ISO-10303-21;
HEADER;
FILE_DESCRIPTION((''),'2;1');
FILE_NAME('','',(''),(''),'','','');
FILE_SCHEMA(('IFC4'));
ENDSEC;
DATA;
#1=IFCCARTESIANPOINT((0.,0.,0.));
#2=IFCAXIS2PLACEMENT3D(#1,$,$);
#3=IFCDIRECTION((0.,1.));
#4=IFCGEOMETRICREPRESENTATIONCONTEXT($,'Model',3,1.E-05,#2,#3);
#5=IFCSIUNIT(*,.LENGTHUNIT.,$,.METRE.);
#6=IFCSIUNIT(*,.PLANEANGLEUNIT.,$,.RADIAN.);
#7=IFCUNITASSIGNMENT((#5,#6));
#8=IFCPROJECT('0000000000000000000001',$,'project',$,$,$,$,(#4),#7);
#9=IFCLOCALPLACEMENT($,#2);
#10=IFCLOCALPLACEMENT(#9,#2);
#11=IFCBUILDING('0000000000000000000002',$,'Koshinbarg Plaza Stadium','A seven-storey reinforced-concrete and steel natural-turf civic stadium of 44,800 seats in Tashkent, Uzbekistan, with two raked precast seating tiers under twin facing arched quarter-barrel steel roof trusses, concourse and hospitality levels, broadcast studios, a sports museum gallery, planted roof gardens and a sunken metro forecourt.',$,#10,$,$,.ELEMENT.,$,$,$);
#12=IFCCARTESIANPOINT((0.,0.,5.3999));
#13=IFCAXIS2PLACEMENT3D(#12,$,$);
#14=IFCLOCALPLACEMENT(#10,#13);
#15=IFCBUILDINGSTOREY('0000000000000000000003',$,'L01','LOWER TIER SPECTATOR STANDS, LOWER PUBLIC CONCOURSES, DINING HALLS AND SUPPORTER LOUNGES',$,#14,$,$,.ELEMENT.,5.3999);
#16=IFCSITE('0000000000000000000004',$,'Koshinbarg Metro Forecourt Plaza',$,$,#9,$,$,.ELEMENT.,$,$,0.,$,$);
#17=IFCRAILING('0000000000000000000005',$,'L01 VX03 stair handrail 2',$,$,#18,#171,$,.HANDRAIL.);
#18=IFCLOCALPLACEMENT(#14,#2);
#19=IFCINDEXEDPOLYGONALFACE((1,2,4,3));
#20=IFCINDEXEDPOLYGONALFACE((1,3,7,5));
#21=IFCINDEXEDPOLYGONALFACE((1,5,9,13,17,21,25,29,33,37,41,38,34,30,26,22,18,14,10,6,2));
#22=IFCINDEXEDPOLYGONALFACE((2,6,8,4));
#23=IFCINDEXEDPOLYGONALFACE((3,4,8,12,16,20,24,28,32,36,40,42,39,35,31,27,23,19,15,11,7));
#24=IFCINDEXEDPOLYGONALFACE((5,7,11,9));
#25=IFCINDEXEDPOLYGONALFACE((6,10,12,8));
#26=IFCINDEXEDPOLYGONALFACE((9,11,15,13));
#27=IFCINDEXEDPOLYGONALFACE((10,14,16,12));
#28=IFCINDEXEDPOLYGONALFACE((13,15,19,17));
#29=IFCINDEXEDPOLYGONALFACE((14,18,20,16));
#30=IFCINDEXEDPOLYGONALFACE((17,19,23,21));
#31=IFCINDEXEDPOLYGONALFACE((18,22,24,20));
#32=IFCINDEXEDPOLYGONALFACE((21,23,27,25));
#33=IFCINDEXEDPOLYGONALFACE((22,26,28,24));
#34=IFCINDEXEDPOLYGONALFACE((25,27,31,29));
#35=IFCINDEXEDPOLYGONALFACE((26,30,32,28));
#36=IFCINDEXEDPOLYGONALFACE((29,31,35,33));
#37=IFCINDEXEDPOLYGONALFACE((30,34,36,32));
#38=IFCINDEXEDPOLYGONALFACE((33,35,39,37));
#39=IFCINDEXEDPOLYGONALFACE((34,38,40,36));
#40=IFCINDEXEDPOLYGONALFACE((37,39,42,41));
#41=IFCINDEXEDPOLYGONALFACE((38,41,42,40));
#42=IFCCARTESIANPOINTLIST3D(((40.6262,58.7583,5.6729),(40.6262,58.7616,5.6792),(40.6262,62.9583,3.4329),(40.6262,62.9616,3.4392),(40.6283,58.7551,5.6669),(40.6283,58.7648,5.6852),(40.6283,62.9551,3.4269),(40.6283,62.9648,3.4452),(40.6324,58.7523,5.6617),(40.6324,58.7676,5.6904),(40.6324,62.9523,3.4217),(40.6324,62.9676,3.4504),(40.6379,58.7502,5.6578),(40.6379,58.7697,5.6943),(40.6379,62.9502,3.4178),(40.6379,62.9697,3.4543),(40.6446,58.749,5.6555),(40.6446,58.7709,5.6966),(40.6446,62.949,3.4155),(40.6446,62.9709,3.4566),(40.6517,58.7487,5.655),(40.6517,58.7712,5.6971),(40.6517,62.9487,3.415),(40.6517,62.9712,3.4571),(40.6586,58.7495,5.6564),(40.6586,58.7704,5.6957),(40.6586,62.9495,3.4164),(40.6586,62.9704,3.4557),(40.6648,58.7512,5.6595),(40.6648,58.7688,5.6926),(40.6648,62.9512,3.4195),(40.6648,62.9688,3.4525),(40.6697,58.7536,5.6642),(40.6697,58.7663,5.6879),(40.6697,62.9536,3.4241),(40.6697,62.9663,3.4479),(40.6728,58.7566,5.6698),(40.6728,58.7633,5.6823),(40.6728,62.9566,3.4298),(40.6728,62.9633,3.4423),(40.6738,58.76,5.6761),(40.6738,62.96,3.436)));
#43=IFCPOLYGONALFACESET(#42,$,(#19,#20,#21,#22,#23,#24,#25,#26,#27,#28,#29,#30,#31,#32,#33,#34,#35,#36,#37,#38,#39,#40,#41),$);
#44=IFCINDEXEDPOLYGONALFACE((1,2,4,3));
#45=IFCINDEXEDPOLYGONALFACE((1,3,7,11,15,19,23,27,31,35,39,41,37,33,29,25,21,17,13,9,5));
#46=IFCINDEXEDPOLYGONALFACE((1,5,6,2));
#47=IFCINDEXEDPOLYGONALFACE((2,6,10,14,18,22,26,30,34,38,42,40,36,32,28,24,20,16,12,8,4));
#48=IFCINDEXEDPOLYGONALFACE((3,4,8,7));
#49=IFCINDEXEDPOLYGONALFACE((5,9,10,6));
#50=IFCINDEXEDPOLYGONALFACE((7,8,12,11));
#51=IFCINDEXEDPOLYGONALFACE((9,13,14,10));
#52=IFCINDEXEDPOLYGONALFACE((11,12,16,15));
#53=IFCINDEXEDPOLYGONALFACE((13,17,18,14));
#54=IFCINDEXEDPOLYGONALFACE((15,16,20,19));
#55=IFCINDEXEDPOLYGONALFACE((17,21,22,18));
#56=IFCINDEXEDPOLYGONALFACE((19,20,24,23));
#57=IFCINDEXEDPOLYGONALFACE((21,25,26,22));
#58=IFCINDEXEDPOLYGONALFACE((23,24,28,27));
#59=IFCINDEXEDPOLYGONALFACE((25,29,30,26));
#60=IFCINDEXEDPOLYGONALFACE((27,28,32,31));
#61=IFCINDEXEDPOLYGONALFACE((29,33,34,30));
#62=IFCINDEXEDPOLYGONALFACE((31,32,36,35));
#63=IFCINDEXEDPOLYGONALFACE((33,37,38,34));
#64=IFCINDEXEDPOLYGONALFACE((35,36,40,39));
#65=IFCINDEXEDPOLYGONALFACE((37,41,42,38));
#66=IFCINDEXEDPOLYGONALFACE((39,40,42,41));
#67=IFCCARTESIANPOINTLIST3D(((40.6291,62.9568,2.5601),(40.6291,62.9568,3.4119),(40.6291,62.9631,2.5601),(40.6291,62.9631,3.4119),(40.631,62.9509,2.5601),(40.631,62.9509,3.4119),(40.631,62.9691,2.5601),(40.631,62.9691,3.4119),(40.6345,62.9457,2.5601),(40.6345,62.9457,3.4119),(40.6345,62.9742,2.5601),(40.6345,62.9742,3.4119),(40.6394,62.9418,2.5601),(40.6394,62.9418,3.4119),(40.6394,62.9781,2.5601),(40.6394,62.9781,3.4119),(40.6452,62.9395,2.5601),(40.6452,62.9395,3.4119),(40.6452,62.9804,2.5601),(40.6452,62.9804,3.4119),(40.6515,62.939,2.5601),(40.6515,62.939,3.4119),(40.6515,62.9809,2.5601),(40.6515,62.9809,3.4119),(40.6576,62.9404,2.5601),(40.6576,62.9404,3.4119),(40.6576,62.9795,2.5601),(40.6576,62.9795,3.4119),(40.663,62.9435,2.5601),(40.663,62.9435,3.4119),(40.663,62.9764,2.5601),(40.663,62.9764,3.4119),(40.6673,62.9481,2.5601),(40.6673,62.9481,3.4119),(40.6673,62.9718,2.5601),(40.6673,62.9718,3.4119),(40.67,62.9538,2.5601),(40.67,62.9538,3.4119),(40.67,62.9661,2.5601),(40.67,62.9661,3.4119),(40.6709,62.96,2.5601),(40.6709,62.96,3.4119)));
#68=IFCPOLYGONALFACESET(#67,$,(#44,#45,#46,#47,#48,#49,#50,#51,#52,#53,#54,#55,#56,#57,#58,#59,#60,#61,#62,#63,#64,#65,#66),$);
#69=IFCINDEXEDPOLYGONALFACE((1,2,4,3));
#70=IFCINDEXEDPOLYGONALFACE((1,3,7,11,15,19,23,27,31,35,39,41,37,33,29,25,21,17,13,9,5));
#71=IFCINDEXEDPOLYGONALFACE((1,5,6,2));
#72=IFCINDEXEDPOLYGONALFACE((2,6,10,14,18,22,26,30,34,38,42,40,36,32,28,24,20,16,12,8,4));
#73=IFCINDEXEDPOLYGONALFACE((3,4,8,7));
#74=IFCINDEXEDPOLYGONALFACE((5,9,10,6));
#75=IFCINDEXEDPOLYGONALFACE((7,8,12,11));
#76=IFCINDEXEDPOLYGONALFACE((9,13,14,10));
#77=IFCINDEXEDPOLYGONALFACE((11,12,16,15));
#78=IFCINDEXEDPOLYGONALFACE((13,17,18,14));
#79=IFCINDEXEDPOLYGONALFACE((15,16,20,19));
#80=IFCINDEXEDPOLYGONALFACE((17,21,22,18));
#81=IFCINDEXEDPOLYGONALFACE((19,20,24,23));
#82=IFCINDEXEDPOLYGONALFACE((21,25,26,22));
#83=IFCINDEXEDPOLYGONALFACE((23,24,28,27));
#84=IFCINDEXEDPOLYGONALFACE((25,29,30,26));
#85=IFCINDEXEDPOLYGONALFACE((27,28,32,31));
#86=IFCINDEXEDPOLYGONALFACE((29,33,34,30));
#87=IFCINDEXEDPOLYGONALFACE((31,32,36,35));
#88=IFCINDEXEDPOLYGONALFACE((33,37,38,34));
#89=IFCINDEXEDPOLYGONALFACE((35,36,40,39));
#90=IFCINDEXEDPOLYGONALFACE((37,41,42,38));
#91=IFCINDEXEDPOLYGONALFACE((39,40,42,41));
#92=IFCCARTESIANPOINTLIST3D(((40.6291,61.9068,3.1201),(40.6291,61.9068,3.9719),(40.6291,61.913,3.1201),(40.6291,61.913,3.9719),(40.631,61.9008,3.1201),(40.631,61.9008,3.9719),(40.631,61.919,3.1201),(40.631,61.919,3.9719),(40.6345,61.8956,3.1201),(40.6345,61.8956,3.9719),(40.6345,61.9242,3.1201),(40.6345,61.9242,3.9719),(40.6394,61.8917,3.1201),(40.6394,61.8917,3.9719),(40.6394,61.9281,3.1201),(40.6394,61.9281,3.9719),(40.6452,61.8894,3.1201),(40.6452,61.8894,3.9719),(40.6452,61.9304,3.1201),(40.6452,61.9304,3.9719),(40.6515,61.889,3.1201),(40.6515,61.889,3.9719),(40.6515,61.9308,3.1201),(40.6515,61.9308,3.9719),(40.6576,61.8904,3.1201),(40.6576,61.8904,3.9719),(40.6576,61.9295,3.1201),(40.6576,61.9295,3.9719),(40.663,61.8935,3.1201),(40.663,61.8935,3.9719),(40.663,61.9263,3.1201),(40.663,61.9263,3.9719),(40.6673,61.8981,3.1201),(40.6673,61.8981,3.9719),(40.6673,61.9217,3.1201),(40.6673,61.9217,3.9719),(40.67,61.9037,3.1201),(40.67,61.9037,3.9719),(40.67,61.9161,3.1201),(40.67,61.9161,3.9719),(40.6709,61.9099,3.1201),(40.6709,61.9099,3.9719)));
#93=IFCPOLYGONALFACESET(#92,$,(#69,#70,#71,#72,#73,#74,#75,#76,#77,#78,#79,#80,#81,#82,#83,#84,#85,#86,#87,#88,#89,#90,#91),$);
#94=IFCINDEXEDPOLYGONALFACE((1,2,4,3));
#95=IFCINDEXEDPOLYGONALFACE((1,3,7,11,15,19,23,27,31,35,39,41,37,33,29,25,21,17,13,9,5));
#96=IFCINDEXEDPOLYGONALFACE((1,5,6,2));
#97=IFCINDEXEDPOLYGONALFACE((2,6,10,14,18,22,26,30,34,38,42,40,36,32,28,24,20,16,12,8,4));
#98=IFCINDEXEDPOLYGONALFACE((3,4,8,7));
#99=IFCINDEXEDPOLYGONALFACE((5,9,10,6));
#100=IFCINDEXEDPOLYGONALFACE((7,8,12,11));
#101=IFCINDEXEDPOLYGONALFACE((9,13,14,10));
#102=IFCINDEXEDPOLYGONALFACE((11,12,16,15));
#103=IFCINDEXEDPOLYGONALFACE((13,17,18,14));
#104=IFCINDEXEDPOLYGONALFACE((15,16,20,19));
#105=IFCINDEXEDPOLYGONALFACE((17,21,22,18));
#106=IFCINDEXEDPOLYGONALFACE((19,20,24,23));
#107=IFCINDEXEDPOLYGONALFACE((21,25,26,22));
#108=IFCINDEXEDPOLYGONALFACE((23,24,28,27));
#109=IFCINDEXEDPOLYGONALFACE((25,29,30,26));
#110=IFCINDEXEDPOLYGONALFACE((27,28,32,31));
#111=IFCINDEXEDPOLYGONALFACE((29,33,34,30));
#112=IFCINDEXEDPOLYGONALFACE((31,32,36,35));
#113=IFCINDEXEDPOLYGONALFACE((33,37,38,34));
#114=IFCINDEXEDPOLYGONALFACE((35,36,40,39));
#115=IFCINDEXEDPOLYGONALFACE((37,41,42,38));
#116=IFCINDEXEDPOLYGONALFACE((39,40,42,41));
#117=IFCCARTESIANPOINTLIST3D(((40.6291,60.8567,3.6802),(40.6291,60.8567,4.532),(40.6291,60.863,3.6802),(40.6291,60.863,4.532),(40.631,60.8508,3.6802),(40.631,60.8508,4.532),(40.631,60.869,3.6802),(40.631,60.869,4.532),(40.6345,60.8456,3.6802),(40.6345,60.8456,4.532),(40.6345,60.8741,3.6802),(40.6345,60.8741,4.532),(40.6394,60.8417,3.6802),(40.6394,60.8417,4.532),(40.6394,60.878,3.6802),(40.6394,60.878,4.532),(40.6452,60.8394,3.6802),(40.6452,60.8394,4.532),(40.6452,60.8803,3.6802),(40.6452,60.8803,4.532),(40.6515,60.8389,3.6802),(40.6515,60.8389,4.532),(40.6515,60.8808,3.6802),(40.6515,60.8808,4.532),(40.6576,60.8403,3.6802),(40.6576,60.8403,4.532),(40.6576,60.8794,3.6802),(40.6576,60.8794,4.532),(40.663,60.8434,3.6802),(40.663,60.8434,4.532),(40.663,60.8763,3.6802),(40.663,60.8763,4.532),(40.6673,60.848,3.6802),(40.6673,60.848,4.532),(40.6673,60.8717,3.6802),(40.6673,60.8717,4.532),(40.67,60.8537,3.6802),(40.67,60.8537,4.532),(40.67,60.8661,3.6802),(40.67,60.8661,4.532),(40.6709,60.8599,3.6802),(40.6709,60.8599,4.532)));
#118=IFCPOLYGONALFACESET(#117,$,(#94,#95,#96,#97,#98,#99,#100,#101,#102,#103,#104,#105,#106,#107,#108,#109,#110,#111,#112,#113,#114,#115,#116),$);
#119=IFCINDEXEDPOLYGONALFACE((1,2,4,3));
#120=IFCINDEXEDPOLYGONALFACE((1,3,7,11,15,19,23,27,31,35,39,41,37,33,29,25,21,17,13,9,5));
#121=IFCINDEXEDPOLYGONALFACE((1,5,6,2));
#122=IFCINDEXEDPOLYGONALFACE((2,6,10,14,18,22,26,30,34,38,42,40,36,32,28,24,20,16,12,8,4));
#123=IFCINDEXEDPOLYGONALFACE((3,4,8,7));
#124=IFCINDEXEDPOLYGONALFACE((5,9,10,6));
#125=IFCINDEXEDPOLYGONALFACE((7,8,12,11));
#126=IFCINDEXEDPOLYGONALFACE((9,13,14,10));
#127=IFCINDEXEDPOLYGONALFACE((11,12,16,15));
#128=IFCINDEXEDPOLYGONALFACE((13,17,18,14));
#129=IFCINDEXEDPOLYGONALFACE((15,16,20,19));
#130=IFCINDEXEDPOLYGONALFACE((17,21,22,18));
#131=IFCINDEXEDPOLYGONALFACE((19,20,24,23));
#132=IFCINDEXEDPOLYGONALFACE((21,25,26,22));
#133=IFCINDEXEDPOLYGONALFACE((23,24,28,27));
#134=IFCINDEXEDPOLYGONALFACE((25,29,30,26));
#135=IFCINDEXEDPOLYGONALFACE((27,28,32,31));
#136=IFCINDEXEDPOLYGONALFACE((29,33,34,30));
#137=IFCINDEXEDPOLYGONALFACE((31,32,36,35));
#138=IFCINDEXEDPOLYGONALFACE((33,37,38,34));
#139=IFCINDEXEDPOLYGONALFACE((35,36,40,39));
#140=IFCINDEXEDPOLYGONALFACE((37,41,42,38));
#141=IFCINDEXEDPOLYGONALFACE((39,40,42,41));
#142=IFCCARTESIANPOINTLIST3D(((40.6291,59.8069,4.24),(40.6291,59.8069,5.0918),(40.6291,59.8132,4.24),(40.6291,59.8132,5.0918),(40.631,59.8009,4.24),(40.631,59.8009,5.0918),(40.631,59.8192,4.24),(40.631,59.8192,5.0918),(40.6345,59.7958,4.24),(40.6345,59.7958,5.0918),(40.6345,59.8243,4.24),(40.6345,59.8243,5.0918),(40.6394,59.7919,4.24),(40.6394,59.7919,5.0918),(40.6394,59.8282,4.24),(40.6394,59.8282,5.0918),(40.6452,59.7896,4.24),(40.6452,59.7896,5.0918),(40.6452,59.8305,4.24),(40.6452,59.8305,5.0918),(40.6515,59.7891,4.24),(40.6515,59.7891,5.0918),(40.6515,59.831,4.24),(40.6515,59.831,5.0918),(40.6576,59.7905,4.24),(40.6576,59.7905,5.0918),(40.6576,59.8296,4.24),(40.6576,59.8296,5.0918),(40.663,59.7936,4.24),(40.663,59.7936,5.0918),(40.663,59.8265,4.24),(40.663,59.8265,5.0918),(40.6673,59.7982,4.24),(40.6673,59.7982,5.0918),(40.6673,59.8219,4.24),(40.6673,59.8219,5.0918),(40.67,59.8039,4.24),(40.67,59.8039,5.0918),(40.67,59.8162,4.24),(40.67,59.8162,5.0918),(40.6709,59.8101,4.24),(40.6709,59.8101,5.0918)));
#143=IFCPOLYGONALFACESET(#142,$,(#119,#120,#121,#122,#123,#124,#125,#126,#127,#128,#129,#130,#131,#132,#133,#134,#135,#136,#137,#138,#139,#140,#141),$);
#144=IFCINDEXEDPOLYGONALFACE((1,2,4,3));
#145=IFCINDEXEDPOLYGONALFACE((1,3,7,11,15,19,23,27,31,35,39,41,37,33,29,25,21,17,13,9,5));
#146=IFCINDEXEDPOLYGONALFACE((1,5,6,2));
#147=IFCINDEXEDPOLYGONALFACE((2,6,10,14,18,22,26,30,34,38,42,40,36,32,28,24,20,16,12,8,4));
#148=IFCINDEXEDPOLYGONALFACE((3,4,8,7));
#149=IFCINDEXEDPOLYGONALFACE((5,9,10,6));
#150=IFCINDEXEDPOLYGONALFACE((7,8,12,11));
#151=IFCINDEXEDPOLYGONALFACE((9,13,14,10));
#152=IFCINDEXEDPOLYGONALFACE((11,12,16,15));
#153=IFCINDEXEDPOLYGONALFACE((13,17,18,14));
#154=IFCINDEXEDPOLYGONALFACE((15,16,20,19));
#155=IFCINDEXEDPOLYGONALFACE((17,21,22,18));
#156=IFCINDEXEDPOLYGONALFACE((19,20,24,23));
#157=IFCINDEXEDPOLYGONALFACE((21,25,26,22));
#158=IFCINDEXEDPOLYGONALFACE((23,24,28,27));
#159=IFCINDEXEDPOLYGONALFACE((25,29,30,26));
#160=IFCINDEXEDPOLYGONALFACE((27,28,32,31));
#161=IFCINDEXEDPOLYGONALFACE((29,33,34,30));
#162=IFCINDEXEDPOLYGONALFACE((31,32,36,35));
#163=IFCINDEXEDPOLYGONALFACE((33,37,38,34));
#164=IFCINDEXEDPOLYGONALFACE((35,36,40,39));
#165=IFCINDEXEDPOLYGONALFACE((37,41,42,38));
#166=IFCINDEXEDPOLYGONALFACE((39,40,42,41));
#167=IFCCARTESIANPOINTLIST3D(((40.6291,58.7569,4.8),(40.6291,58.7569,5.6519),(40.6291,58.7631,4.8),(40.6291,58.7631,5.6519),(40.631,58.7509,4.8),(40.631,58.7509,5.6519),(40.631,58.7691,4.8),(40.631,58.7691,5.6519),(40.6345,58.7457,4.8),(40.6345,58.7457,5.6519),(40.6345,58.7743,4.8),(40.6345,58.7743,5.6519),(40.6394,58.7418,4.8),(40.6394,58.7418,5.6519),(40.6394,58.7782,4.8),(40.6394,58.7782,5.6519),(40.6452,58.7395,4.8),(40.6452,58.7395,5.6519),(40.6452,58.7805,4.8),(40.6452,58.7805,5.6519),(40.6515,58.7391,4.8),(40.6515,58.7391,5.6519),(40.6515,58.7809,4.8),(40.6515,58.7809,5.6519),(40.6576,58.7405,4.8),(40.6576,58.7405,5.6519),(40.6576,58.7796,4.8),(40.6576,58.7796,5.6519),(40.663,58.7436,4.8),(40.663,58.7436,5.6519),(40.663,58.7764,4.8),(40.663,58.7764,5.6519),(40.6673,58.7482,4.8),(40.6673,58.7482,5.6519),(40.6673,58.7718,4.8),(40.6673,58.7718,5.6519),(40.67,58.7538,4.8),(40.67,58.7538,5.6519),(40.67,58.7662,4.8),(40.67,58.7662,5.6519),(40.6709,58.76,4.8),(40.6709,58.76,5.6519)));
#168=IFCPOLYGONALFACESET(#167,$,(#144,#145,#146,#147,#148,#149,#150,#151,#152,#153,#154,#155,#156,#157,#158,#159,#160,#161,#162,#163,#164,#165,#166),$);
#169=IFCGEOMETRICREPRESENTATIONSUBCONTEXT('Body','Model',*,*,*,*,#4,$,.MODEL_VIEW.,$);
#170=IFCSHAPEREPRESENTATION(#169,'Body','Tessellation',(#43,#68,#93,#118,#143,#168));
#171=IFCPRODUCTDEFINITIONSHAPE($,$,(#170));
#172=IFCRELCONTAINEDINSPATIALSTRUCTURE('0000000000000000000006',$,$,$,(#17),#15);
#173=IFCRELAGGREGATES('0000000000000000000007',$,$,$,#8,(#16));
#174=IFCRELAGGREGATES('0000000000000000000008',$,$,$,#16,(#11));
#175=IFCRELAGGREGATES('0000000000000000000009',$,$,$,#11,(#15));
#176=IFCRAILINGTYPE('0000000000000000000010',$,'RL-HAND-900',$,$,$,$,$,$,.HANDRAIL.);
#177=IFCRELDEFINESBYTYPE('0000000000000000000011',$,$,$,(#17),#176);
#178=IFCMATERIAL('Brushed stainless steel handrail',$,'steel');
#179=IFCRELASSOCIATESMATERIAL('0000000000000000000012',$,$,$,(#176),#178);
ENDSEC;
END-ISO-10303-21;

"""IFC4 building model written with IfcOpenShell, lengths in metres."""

from ifc_helpers import new_model, si_unit, direction, frame, origin, origin_2d, place, context, subcontext, project, spatial, circle, extrude, material, type_object, element, save


model = new_model("IFC4")

# Units and contexts
model_context = context("Model", 3, precision=1e-05, world=origin(), true_north=direction((0.0, 1.0)))
body_context = subcontext(model_context, "Body", "Model", "MODEL_VIEW")
ifc_project = project(units=[si_unit("LENGTHUNIT", "METRE"), si_unit("PLANEANGLEUNIT", "RADIAN")], contexts=[model_context])

# Site, building, storey
site_placement = place(None, origin())
site = spatial("IfcSite", under=ifc_project, at=site_placement, Name="Koshinbarg Metro Forecourt Plaza", CompositionType="ELEMENT", RefElevation=0.0)
building_placement = place(site_placement, origin())
building = spatial("IfcBuilding", under=site, at=building_placement, Name="Koshinbarg Plaza Stadium", Description="A seven-storey reinforced-concrete and steel natural-turf civic stadium of 44,800 seats in Tashkent, Uzbekistan, with two raked precast seating tiers under twin facing arched quarter-barrel steel roof trusses, concourse and hospitality levels, broadcast studios, a sports museum gallery, planted roof gardens and a sunken metro forecourt.", CompositionType="ELEMENT")
storey_placement = place(building_placement, frame((0.0, 0.0, 5.3999)))
storey = spatial("IfcBuildingStorey", under=building, at=storey_placement, Name="L01", Description="LOWER TIER SPECTATOR STANDS, LOWER PUBLIC CONCOURSES, DINING HALLS AND SUPPORTER LOUNGES", CompositionType="ELEMENT", Elevation=5.3999)

# Railing
ifc_material_1 = material(Name="Brushed stainless steel handrail", Category="steel")
railing_type_1 = type_object("IfcRailingType", Name="RL-HAND-900", PredefinedType="HANDRAIL", material=ifc_material_1)
railing_1_placement = place(storey_placement, frame((40.6499, 62.96, 2.5601)))
element("IfcRailing", 1, at=railing_1_placement, inside=storey, type_object=railing_type_1, Name="L01 VX03 stair handrail 2", PredefinedType="HANDRAIL", context=body_context, shape_type="SweptSolid", body=[
    extrude(circle(Radius=0.0239, at=origin_2d()), frame((0.0, 0.0, 0.876), z_axis=(0.0, -0.882352, 0.470591), x_axis=(1.0, 0.0, 0.0)), (0.0, 0.0, 1.0), 4.76),
    extrude(circle(Radius=0.021, at=origin_2d()), origin(), (0.0, 0.0, 1.0), 0.8518),
    extrude(circle(Radius=0.021, at=origin_2d()), frame((0.0, -1.05, 0.5601)), (0.0, 0.0, 1.0), 0.8518),
    extrude(circle(Radius=0.021, at=origin_2d()), frame((0.0, -2.1001, 1.1201)), (0.0, 0.0, 1.0), 0.8518),
    extrude(circle(Radius=0.021, at=origin_2d()), frame((0.0, -3.1499, 1.6799)), (0.0, 0.0, 1.0), 0.8518),
    extrude(circle(Radius=0.021, at=origin_2d()), frame((0.0, -4.2, 2.24)), (0.0, 0.0, 1.0), 0.8518),
])

save(model, "model.ifc")
